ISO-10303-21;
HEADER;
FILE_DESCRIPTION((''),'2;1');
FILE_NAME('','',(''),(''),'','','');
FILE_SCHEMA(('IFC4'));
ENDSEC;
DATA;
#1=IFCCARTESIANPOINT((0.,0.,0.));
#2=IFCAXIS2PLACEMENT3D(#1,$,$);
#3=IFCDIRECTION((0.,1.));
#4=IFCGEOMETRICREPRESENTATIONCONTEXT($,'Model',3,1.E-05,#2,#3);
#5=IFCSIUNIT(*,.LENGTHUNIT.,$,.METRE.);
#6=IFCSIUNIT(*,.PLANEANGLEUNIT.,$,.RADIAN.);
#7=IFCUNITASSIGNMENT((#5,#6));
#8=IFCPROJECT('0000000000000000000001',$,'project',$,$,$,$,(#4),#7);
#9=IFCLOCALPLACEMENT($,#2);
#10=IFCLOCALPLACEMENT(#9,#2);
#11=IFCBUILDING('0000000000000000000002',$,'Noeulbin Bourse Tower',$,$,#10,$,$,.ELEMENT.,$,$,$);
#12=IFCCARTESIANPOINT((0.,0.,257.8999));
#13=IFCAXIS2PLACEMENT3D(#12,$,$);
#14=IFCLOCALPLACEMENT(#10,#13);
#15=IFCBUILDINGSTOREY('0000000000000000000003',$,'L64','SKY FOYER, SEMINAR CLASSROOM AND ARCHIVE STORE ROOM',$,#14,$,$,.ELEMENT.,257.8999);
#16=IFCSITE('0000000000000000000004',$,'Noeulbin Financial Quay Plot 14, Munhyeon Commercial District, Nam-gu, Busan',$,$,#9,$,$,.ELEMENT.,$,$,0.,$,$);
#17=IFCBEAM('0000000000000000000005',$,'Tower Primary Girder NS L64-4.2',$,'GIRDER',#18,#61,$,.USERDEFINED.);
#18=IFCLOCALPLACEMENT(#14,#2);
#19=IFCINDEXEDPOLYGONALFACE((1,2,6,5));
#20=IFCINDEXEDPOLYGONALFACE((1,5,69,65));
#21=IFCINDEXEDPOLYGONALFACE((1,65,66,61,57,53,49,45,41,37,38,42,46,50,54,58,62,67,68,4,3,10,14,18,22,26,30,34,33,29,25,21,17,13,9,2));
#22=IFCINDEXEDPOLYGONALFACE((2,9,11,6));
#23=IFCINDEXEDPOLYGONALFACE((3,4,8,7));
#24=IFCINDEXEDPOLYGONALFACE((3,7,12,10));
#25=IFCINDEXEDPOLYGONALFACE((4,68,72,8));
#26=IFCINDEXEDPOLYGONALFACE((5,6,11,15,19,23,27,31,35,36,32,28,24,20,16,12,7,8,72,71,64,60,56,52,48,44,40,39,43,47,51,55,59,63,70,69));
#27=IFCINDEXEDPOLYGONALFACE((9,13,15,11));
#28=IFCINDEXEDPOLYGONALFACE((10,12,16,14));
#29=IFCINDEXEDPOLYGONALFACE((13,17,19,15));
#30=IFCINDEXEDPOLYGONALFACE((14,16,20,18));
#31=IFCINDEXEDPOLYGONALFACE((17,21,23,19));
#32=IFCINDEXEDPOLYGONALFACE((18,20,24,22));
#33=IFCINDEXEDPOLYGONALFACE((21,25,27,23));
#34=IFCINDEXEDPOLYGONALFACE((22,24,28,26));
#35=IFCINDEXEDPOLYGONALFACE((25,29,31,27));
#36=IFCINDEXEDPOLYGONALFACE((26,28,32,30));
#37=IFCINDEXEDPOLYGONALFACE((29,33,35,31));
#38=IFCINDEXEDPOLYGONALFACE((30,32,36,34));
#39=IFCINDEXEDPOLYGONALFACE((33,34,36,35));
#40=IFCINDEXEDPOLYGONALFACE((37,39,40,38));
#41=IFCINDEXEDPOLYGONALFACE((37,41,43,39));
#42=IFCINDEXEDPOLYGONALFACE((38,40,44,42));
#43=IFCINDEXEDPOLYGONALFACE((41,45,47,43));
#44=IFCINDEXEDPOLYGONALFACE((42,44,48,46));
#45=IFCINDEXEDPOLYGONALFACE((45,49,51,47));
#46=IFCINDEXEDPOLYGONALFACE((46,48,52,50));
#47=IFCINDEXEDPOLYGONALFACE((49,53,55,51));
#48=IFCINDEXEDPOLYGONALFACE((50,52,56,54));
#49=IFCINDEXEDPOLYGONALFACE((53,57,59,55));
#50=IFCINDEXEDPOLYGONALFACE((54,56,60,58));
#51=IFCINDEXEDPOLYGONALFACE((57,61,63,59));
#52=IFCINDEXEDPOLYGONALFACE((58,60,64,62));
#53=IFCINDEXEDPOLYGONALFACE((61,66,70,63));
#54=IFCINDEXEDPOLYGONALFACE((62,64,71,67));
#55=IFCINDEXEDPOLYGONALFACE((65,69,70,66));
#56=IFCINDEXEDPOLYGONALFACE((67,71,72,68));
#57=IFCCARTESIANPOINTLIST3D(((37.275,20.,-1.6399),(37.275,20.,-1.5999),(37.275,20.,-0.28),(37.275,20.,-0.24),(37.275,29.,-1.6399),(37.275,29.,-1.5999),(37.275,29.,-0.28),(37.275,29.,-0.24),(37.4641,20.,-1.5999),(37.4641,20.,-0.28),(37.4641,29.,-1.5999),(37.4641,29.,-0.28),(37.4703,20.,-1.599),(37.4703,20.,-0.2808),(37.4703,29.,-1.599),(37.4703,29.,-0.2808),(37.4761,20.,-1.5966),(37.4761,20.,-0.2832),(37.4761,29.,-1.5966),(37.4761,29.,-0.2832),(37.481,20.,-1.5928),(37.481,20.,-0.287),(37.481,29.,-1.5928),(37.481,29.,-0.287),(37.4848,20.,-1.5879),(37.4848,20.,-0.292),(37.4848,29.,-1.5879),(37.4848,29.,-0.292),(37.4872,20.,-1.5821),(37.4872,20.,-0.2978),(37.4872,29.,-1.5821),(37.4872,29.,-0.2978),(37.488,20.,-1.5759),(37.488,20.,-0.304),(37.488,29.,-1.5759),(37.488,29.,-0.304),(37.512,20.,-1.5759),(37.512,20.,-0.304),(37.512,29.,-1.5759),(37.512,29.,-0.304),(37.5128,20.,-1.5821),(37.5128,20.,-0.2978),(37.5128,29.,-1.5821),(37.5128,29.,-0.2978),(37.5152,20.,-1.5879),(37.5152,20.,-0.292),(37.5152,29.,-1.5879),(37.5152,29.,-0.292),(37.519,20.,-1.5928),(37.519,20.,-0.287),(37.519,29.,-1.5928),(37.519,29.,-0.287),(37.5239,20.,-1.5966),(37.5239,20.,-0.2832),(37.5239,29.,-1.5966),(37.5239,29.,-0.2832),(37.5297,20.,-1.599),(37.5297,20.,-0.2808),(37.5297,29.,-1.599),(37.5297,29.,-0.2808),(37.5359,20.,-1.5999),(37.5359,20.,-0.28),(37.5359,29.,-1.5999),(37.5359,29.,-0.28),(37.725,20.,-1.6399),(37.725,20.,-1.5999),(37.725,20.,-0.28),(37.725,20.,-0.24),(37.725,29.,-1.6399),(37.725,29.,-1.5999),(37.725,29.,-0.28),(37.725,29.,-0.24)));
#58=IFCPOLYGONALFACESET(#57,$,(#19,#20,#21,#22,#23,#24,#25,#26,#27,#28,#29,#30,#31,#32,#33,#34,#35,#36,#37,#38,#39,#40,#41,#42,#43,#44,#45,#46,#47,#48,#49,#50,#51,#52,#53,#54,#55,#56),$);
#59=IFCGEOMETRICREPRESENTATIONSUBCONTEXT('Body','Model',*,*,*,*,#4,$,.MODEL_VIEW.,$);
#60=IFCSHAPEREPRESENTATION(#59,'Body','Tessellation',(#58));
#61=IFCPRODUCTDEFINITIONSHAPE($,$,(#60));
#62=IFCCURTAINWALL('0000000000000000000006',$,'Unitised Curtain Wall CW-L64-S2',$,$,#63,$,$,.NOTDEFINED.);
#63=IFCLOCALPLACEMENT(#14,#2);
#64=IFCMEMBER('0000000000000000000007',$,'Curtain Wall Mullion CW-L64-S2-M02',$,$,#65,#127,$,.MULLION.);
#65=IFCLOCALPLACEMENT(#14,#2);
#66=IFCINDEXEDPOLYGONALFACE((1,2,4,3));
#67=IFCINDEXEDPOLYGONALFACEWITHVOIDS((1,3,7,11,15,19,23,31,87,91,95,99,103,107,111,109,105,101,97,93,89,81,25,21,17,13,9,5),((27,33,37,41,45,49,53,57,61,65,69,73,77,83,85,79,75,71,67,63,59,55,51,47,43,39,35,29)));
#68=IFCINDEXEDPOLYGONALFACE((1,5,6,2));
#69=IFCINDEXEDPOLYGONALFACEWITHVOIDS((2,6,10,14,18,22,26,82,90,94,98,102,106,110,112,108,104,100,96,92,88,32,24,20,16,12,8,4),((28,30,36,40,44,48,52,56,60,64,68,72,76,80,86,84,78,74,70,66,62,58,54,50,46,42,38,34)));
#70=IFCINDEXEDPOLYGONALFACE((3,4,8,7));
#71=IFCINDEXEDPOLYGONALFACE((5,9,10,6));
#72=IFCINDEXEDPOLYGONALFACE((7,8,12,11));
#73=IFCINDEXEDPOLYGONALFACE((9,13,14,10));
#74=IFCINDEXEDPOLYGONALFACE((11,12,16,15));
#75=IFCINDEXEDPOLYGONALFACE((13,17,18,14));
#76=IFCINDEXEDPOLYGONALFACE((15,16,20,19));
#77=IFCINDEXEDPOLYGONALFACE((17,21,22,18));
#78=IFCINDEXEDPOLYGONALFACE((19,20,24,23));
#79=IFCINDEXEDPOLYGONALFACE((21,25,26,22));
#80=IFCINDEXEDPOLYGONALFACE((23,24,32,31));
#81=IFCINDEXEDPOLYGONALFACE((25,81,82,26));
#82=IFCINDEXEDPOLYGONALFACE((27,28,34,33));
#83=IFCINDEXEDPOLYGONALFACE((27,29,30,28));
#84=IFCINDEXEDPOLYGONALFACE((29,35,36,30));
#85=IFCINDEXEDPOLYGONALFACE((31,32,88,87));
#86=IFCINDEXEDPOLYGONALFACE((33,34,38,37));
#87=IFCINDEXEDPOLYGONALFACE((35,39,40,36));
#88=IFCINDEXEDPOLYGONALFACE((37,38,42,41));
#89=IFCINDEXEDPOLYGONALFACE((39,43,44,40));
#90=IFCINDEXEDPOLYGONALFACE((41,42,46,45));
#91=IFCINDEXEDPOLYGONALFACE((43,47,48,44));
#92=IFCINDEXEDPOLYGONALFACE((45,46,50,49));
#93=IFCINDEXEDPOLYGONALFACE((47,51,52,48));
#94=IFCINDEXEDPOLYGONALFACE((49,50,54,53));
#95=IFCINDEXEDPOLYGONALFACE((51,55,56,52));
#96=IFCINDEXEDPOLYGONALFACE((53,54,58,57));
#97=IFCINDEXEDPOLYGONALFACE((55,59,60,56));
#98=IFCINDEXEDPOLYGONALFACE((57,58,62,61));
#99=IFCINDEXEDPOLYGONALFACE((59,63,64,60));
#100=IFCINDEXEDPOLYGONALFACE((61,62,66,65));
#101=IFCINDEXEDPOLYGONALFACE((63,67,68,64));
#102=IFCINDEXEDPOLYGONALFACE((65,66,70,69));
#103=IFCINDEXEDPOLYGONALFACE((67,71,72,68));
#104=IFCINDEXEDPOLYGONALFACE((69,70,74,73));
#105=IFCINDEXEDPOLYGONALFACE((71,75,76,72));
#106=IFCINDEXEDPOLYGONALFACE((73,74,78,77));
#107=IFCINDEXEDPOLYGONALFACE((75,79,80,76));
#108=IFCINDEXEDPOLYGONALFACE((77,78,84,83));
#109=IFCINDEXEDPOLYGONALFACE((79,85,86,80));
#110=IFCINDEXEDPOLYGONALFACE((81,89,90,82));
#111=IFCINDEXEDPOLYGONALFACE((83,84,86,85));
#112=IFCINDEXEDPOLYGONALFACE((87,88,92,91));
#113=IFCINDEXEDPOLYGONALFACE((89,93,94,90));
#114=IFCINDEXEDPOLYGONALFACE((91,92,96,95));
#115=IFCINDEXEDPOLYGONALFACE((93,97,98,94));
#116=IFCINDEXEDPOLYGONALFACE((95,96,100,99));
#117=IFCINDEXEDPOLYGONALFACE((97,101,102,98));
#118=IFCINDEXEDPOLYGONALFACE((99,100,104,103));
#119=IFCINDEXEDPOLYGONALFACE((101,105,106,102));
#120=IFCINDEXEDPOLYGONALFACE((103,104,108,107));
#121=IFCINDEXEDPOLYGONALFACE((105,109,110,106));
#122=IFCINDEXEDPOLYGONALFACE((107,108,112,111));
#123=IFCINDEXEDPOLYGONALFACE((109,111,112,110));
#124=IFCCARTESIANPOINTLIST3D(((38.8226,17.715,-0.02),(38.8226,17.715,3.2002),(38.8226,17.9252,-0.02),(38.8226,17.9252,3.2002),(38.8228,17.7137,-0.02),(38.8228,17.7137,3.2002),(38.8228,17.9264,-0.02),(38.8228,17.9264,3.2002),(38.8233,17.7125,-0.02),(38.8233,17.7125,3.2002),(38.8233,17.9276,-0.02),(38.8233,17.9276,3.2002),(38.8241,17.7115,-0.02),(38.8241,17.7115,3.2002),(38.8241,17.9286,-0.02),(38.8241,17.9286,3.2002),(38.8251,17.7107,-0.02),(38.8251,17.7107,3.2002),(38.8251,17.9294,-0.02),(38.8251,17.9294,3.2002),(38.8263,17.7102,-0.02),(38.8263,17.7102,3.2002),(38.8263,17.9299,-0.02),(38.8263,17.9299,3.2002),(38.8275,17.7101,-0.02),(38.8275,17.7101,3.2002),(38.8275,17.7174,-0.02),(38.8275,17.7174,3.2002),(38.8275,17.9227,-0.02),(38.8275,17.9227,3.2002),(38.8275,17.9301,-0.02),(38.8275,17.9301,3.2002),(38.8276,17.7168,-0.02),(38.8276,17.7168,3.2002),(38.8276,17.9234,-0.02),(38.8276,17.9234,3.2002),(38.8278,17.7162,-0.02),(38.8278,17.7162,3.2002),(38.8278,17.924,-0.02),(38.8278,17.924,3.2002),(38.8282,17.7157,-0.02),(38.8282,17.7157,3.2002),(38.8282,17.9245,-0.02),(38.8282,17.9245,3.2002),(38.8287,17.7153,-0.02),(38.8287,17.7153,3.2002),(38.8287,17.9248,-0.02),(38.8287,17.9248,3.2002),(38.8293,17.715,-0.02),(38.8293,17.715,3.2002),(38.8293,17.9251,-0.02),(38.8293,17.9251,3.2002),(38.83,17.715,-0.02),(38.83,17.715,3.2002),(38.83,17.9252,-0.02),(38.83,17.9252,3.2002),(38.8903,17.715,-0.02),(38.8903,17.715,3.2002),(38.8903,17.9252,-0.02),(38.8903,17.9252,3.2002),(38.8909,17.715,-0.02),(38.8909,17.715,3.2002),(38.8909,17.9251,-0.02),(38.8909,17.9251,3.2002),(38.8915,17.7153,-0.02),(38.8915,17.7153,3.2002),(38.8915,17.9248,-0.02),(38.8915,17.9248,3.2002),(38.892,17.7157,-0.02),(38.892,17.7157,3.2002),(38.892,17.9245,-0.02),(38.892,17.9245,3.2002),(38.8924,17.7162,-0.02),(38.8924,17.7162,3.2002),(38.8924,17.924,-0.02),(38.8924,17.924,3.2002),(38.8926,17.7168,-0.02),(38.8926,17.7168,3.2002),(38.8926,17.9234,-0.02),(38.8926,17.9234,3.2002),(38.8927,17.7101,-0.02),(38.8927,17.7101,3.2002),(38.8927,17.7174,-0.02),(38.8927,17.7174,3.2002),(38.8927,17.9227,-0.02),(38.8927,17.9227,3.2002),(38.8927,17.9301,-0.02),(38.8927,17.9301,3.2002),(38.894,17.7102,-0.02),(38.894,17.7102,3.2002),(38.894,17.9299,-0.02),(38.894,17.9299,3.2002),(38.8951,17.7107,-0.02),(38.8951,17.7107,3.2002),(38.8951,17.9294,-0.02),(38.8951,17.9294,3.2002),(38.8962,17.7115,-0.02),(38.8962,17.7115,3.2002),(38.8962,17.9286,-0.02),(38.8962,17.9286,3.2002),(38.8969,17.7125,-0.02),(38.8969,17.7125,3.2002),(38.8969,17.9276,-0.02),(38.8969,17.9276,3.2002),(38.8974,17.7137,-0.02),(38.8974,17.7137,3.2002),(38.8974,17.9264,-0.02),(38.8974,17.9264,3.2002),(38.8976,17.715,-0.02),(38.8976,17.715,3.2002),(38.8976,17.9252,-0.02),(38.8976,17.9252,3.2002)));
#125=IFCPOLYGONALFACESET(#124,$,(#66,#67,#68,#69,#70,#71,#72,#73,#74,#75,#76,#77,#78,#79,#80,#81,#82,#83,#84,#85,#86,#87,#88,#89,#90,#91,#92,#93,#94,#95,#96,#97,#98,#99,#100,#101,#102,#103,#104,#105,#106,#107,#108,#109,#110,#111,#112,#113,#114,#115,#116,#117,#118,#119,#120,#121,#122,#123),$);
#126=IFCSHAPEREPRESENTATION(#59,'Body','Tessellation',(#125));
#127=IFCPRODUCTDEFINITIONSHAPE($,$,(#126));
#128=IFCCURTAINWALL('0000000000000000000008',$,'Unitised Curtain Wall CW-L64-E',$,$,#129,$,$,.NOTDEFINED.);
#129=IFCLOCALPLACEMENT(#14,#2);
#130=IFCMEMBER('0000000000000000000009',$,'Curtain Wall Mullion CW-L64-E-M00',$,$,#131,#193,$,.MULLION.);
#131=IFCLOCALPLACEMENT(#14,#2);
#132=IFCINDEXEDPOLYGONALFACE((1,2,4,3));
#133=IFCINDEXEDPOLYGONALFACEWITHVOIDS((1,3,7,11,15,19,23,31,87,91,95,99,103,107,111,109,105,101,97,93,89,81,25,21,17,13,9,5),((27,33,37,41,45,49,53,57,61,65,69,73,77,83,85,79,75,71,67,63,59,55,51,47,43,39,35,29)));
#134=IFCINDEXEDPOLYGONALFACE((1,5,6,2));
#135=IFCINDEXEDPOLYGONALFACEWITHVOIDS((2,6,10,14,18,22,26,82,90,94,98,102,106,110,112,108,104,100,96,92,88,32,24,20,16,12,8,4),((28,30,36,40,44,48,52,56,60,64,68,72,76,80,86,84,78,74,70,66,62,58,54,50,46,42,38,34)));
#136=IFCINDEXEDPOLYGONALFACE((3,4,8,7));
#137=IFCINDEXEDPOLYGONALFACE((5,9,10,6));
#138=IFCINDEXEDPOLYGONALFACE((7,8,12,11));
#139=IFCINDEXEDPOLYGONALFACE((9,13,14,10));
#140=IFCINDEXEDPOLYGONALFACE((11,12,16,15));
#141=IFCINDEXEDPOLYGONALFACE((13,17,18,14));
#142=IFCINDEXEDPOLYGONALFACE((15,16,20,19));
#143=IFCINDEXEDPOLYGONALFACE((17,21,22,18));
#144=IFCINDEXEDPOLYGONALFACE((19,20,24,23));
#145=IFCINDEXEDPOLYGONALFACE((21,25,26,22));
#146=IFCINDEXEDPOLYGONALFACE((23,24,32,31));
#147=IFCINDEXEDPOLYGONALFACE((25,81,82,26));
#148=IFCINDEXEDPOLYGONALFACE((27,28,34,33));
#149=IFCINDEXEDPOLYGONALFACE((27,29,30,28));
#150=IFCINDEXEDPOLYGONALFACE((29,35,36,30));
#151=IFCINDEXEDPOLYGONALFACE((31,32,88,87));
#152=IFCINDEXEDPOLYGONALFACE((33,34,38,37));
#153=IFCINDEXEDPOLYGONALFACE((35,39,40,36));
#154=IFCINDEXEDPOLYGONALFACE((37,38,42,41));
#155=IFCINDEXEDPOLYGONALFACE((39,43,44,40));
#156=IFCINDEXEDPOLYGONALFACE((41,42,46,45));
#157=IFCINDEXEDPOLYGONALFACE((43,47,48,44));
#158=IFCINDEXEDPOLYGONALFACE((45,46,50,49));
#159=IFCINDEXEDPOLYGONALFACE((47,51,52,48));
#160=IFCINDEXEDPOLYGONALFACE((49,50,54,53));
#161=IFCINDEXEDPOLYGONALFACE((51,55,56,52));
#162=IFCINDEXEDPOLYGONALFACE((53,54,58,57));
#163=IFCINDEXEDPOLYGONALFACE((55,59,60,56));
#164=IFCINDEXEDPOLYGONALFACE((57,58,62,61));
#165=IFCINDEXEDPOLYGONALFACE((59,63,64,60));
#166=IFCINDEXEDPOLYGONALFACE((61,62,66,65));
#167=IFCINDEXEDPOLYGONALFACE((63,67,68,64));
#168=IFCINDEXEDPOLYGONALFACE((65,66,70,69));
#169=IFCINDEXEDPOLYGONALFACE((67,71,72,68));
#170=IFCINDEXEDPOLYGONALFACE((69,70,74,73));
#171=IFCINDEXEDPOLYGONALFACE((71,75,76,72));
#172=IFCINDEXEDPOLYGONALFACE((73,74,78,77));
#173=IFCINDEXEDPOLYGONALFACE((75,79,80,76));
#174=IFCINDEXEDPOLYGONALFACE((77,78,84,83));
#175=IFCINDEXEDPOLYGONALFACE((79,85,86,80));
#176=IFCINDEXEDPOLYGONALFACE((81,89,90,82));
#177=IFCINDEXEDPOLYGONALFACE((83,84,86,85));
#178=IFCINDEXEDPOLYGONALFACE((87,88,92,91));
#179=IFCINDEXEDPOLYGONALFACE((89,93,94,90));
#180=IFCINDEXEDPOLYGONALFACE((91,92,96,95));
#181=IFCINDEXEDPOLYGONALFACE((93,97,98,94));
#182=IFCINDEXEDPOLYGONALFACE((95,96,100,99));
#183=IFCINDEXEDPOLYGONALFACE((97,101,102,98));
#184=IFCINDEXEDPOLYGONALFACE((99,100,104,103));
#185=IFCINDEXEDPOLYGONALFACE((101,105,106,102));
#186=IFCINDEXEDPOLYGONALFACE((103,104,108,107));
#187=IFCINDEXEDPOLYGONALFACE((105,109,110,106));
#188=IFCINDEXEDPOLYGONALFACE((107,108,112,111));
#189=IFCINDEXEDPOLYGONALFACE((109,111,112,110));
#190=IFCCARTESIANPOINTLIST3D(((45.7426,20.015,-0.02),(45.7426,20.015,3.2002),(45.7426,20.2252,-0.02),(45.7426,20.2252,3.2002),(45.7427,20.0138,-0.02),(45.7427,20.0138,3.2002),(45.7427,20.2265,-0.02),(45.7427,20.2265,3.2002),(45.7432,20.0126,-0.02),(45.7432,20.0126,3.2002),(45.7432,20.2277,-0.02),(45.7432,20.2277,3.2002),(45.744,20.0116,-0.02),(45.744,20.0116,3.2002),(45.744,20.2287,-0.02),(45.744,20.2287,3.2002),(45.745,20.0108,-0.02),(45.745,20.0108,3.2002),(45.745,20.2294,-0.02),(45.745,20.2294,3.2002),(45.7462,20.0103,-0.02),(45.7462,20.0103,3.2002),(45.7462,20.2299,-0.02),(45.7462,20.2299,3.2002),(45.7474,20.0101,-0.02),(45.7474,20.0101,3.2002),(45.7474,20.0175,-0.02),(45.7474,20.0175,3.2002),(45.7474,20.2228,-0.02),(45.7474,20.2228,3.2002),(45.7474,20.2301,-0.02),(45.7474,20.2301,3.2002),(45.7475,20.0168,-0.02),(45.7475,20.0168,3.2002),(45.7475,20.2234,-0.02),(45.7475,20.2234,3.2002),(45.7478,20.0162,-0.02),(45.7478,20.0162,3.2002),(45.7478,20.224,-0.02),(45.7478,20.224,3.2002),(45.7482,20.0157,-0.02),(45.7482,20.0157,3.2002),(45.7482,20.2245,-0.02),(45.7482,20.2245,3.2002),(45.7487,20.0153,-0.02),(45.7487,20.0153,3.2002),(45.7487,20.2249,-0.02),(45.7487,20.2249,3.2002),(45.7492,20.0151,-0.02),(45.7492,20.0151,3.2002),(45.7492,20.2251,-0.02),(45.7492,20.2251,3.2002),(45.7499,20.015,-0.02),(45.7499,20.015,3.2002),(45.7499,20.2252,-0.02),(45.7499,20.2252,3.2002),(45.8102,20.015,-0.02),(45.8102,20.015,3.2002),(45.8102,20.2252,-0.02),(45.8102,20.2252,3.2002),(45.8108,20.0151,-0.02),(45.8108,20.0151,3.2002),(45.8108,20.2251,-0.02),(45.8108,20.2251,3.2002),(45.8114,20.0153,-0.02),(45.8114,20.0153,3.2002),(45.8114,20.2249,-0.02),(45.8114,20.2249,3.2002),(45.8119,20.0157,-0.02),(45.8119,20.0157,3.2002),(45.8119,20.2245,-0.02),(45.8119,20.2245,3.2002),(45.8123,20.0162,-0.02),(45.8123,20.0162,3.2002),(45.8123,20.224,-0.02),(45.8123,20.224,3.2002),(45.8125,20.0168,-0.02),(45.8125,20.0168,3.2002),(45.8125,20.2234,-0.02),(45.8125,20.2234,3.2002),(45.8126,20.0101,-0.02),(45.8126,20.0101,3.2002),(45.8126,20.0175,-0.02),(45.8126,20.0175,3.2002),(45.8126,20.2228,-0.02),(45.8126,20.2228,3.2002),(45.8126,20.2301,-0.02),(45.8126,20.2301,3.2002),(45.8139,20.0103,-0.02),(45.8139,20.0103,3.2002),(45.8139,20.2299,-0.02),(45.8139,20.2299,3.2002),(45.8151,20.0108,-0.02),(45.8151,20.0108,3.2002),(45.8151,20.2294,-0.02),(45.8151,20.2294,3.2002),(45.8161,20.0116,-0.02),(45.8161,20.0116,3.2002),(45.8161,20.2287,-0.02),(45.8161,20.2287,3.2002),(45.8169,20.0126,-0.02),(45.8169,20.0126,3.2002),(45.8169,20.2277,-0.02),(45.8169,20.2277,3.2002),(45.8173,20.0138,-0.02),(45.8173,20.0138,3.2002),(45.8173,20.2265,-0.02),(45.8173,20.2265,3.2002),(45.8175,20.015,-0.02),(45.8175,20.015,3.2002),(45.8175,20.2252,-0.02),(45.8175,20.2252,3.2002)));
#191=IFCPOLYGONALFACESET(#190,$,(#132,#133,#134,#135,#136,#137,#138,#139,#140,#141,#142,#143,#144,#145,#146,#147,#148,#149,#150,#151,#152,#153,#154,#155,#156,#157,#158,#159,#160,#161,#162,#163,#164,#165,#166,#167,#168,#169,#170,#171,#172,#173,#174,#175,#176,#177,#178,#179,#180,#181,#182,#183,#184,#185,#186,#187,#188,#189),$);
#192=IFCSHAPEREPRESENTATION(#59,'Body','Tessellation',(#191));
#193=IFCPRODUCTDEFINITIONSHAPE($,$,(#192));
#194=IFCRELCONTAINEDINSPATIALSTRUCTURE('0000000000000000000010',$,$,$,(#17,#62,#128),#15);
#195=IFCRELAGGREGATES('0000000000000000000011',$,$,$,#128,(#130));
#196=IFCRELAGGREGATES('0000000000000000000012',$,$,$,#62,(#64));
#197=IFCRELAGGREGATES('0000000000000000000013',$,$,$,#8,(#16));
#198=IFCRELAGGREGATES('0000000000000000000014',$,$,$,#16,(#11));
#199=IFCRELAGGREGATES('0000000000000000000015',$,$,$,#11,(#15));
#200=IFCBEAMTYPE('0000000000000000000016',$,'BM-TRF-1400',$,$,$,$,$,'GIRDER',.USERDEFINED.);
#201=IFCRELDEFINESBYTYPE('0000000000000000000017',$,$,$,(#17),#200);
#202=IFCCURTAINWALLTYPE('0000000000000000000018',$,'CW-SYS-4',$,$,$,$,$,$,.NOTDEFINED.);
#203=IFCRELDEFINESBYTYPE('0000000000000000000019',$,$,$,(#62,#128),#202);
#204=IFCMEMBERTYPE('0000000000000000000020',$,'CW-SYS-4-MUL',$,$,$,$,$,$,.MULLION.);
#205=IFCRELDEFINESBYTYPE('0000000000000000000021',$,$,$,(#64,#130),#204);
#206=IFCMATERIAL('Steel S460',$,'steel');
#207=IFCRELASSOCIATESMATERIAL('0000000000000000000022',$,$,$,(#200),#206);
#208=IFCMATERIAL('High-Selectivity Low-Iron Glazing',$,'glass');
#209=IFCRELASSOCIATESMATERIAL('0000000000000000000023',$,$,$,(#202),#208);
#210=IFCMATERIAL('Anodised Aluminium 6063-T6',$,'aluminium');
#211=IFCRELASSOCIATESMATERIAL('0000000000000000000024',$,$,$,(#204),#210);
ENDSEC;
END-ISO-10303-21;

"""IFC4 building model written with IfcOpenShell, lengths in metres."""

from ifc_helpers import new_model, si_unit, direction, frame, origin, origin_2d, place, context, subcontext, project, spatial, hollow_rectangle, i_section, extrude, material, material_profile, profile_set, type_object, element, aggregate, save


model = new_model("IFC4")

# Units and contexts
model_context = context("Model", 3, precision=1e-05, world=origin(), true_north=direction((0.0, 1.0)))
body_context = subcontext(model_context, "Body", "Model", "MODEL_VIEW")
ifc_project = project(units=[si_unit("LENGTHUNIT", "METRE"), si_unit("PLANEANGLEUNIT", "RADIAN")], contexts=[model_context])

# Site, building, storey
site_placement = place(None, origin())
site = spatial("IfcSite", under=ifc_project, at=site_placement, Name="Noeulbin Financial Quay Plot 14, Munhyeon Commercial District, Nam-gu, Busan", CompositionType="ELEMENT", RefElevation=0.0)
building_placement = place(site_placement, origin())
building = spatial("IfcBuilding", under=site, at=building_placement, Name="Noeulbin Bourse Tower", CompositionType="ELEMENT")
storey_placement = place(building_placement, frame((0.0, 0.0, 257.8999)))
storey = spatial("IfcBuildingStorey", under=building, at=storey_placement, Name="L64", Description="SKY FOYER, SEMINAR CLASSROOM AND ARCHIVE STORE ROOM", CompositionType="ELEMENT", Elevation=257.8999)

# Beam
ifc_material_1 = material(Name="Steel S460", Category="steel")
ifc_material_profile_1 = material_profile(ifc_material_1, i_section(OverallWidth=0.45, OverallDepth=1.3999, WebThickness=0.0239, FlangeThickness=0.04, FilletRadius=0.0239, at=origin_2d()), Name="PG-1400x450x24x40", Category="LoadBearing")
ifc_profile_set_1 = profile_set([ifc_material_profile_1], Name="Steel S460")
beam_type = type_object("IfcBeamType", Name="BM-TRF-1400", ElementType="GIRDER", PredefinedType="USERDEFINED", material=ifc_profile_set_1)
beam_1_placement = place(storey_placement, frame((37.5, 20.0, -0.9399), z_axis=(0.0, 1.0, 0.0), x_axis=(-1.0, 0.0, 0.0)))
element("IfcBeam", 1, at=beam_1_placement, inside=storey, type_object=beam_type, Name="Tower Primary Girder NS L64-4.2", ObjectType="GIRDER", PredefinedType="USERDEFINED", context=body_context, shape_type="SweptSolid", body=[
    extrude(i_section(OverallWidth=0.45, OverallDepth=1.3999, WebThickness=0.0239, FlangeThickness=0.04, FilletRadius=0.0239, at=origin_2d()), origin(), (0.0, 0.0, 1.0), 9.0),
])

# Curtain wall, member
ifc_material_2 = material(Name="High-Selectivity Low-Iron Glazing", Category="glass")
curtain_wall_type = type_object("IfcCurtainWallType", Name="CW-SYS-4", PredefinedType="NOTDEFINED", material=ifc_material_2)
curtain_wall_1_placement = place(storey_placement, origin())
curtain_wall_1 = element("IfcCurtainWall", 2, at=curtain_wall_1_placement, inside=storey, type_object=curtain_wall_type, Name="Unitised Curtain Wall CW-L64-S2", PredefinedType="NOTDEFINED")
ifc_material_3 = material(Name="Anodised Aluminium 6063-T6", Category="aluminium")
ifc_material_profile_2 = material_profile(ifc_material_3, hollow_rectangle(XDim=0.075, YDim=0.22, WallThickness=0.0049, InnerFilletRadius=0.0024, OuterFilletRadius=0.0049, at=origin_2d()), Name="ALU-MULL-75x220x5", Category="LoadBearing")
ifc_profile_set_2 = profile_set([ifc_material_profile_2], Name="Anodised Aluminium 6063-T6")
member_type_1 = type_object("IfcMemberType", Name="CW-SYS-4-MUL", PredefinedType="MULLION", material=ifc_profile_set_2)
member_1_placement = place(storey_placement, frame((38.8601, 17.8201, -0.02), z_axis=(0.0, 0.0, 1.0), x_axis=(1.0, 0.0, 0.0)))
member_1 = element("IfcMember", 3, at=member_1_placement, type_object=member_type_1, Name="Curtain Wall Mullion CW-L64-S2-M02", PredefinedType="MULLION", context=body_context, shape_type="SweptSolid", body=[
    extrude(hollow_rectangle(XDim=0.075, YDim=0.22, WallThickness=0.0049, InnerFilletRadius=0.0024, OuterFilletRadius=0.0049, at=origin_2d()), origin(), (0.0, 0.0, 1.0), 3.2202),
])

# Curtain wall, member
curtain_wall_2_placement = place(storey_placement, origin())
curtain_wall_2 = element("IfcCurtainWall", 4, at=curtain_wall_2_placement, inside=storey, type_object=curtain_wall_type, Name="Unitised Curtain Wall CW-L64-E", PredefinedType="NOTDEFINED")
member_2_placement = place(storey_placement, frame((45.78, 20.1201, -0.02), z_axis=(0.0, 0.0, 1.0), x_axis=(1.0, 0.0, 0.0)))
member_2 = element("IfcMember", 5, at=member_2_placement, type_object=member_type_1, Name="Curtain Wall Mullion CW-L64-E-M00", PredefinedType="MULLION", context=body_context, shape_type="SweptSolid", body=[
    extrude(hollow_rectangle(XDim=0.075, YDim=0.22, WallThickness=0.0049, InnerFilletRadius=0.0024, OuterFilletRadius=0.0049, at=origin_2d()), origin(), (0.0, 0.0, 1.0), 3.2202),
])
aggregate(curtain_wall_2, [member_2])

aggregate(curtain_wall_1, [member_1])

save(model, "model.ifc")
